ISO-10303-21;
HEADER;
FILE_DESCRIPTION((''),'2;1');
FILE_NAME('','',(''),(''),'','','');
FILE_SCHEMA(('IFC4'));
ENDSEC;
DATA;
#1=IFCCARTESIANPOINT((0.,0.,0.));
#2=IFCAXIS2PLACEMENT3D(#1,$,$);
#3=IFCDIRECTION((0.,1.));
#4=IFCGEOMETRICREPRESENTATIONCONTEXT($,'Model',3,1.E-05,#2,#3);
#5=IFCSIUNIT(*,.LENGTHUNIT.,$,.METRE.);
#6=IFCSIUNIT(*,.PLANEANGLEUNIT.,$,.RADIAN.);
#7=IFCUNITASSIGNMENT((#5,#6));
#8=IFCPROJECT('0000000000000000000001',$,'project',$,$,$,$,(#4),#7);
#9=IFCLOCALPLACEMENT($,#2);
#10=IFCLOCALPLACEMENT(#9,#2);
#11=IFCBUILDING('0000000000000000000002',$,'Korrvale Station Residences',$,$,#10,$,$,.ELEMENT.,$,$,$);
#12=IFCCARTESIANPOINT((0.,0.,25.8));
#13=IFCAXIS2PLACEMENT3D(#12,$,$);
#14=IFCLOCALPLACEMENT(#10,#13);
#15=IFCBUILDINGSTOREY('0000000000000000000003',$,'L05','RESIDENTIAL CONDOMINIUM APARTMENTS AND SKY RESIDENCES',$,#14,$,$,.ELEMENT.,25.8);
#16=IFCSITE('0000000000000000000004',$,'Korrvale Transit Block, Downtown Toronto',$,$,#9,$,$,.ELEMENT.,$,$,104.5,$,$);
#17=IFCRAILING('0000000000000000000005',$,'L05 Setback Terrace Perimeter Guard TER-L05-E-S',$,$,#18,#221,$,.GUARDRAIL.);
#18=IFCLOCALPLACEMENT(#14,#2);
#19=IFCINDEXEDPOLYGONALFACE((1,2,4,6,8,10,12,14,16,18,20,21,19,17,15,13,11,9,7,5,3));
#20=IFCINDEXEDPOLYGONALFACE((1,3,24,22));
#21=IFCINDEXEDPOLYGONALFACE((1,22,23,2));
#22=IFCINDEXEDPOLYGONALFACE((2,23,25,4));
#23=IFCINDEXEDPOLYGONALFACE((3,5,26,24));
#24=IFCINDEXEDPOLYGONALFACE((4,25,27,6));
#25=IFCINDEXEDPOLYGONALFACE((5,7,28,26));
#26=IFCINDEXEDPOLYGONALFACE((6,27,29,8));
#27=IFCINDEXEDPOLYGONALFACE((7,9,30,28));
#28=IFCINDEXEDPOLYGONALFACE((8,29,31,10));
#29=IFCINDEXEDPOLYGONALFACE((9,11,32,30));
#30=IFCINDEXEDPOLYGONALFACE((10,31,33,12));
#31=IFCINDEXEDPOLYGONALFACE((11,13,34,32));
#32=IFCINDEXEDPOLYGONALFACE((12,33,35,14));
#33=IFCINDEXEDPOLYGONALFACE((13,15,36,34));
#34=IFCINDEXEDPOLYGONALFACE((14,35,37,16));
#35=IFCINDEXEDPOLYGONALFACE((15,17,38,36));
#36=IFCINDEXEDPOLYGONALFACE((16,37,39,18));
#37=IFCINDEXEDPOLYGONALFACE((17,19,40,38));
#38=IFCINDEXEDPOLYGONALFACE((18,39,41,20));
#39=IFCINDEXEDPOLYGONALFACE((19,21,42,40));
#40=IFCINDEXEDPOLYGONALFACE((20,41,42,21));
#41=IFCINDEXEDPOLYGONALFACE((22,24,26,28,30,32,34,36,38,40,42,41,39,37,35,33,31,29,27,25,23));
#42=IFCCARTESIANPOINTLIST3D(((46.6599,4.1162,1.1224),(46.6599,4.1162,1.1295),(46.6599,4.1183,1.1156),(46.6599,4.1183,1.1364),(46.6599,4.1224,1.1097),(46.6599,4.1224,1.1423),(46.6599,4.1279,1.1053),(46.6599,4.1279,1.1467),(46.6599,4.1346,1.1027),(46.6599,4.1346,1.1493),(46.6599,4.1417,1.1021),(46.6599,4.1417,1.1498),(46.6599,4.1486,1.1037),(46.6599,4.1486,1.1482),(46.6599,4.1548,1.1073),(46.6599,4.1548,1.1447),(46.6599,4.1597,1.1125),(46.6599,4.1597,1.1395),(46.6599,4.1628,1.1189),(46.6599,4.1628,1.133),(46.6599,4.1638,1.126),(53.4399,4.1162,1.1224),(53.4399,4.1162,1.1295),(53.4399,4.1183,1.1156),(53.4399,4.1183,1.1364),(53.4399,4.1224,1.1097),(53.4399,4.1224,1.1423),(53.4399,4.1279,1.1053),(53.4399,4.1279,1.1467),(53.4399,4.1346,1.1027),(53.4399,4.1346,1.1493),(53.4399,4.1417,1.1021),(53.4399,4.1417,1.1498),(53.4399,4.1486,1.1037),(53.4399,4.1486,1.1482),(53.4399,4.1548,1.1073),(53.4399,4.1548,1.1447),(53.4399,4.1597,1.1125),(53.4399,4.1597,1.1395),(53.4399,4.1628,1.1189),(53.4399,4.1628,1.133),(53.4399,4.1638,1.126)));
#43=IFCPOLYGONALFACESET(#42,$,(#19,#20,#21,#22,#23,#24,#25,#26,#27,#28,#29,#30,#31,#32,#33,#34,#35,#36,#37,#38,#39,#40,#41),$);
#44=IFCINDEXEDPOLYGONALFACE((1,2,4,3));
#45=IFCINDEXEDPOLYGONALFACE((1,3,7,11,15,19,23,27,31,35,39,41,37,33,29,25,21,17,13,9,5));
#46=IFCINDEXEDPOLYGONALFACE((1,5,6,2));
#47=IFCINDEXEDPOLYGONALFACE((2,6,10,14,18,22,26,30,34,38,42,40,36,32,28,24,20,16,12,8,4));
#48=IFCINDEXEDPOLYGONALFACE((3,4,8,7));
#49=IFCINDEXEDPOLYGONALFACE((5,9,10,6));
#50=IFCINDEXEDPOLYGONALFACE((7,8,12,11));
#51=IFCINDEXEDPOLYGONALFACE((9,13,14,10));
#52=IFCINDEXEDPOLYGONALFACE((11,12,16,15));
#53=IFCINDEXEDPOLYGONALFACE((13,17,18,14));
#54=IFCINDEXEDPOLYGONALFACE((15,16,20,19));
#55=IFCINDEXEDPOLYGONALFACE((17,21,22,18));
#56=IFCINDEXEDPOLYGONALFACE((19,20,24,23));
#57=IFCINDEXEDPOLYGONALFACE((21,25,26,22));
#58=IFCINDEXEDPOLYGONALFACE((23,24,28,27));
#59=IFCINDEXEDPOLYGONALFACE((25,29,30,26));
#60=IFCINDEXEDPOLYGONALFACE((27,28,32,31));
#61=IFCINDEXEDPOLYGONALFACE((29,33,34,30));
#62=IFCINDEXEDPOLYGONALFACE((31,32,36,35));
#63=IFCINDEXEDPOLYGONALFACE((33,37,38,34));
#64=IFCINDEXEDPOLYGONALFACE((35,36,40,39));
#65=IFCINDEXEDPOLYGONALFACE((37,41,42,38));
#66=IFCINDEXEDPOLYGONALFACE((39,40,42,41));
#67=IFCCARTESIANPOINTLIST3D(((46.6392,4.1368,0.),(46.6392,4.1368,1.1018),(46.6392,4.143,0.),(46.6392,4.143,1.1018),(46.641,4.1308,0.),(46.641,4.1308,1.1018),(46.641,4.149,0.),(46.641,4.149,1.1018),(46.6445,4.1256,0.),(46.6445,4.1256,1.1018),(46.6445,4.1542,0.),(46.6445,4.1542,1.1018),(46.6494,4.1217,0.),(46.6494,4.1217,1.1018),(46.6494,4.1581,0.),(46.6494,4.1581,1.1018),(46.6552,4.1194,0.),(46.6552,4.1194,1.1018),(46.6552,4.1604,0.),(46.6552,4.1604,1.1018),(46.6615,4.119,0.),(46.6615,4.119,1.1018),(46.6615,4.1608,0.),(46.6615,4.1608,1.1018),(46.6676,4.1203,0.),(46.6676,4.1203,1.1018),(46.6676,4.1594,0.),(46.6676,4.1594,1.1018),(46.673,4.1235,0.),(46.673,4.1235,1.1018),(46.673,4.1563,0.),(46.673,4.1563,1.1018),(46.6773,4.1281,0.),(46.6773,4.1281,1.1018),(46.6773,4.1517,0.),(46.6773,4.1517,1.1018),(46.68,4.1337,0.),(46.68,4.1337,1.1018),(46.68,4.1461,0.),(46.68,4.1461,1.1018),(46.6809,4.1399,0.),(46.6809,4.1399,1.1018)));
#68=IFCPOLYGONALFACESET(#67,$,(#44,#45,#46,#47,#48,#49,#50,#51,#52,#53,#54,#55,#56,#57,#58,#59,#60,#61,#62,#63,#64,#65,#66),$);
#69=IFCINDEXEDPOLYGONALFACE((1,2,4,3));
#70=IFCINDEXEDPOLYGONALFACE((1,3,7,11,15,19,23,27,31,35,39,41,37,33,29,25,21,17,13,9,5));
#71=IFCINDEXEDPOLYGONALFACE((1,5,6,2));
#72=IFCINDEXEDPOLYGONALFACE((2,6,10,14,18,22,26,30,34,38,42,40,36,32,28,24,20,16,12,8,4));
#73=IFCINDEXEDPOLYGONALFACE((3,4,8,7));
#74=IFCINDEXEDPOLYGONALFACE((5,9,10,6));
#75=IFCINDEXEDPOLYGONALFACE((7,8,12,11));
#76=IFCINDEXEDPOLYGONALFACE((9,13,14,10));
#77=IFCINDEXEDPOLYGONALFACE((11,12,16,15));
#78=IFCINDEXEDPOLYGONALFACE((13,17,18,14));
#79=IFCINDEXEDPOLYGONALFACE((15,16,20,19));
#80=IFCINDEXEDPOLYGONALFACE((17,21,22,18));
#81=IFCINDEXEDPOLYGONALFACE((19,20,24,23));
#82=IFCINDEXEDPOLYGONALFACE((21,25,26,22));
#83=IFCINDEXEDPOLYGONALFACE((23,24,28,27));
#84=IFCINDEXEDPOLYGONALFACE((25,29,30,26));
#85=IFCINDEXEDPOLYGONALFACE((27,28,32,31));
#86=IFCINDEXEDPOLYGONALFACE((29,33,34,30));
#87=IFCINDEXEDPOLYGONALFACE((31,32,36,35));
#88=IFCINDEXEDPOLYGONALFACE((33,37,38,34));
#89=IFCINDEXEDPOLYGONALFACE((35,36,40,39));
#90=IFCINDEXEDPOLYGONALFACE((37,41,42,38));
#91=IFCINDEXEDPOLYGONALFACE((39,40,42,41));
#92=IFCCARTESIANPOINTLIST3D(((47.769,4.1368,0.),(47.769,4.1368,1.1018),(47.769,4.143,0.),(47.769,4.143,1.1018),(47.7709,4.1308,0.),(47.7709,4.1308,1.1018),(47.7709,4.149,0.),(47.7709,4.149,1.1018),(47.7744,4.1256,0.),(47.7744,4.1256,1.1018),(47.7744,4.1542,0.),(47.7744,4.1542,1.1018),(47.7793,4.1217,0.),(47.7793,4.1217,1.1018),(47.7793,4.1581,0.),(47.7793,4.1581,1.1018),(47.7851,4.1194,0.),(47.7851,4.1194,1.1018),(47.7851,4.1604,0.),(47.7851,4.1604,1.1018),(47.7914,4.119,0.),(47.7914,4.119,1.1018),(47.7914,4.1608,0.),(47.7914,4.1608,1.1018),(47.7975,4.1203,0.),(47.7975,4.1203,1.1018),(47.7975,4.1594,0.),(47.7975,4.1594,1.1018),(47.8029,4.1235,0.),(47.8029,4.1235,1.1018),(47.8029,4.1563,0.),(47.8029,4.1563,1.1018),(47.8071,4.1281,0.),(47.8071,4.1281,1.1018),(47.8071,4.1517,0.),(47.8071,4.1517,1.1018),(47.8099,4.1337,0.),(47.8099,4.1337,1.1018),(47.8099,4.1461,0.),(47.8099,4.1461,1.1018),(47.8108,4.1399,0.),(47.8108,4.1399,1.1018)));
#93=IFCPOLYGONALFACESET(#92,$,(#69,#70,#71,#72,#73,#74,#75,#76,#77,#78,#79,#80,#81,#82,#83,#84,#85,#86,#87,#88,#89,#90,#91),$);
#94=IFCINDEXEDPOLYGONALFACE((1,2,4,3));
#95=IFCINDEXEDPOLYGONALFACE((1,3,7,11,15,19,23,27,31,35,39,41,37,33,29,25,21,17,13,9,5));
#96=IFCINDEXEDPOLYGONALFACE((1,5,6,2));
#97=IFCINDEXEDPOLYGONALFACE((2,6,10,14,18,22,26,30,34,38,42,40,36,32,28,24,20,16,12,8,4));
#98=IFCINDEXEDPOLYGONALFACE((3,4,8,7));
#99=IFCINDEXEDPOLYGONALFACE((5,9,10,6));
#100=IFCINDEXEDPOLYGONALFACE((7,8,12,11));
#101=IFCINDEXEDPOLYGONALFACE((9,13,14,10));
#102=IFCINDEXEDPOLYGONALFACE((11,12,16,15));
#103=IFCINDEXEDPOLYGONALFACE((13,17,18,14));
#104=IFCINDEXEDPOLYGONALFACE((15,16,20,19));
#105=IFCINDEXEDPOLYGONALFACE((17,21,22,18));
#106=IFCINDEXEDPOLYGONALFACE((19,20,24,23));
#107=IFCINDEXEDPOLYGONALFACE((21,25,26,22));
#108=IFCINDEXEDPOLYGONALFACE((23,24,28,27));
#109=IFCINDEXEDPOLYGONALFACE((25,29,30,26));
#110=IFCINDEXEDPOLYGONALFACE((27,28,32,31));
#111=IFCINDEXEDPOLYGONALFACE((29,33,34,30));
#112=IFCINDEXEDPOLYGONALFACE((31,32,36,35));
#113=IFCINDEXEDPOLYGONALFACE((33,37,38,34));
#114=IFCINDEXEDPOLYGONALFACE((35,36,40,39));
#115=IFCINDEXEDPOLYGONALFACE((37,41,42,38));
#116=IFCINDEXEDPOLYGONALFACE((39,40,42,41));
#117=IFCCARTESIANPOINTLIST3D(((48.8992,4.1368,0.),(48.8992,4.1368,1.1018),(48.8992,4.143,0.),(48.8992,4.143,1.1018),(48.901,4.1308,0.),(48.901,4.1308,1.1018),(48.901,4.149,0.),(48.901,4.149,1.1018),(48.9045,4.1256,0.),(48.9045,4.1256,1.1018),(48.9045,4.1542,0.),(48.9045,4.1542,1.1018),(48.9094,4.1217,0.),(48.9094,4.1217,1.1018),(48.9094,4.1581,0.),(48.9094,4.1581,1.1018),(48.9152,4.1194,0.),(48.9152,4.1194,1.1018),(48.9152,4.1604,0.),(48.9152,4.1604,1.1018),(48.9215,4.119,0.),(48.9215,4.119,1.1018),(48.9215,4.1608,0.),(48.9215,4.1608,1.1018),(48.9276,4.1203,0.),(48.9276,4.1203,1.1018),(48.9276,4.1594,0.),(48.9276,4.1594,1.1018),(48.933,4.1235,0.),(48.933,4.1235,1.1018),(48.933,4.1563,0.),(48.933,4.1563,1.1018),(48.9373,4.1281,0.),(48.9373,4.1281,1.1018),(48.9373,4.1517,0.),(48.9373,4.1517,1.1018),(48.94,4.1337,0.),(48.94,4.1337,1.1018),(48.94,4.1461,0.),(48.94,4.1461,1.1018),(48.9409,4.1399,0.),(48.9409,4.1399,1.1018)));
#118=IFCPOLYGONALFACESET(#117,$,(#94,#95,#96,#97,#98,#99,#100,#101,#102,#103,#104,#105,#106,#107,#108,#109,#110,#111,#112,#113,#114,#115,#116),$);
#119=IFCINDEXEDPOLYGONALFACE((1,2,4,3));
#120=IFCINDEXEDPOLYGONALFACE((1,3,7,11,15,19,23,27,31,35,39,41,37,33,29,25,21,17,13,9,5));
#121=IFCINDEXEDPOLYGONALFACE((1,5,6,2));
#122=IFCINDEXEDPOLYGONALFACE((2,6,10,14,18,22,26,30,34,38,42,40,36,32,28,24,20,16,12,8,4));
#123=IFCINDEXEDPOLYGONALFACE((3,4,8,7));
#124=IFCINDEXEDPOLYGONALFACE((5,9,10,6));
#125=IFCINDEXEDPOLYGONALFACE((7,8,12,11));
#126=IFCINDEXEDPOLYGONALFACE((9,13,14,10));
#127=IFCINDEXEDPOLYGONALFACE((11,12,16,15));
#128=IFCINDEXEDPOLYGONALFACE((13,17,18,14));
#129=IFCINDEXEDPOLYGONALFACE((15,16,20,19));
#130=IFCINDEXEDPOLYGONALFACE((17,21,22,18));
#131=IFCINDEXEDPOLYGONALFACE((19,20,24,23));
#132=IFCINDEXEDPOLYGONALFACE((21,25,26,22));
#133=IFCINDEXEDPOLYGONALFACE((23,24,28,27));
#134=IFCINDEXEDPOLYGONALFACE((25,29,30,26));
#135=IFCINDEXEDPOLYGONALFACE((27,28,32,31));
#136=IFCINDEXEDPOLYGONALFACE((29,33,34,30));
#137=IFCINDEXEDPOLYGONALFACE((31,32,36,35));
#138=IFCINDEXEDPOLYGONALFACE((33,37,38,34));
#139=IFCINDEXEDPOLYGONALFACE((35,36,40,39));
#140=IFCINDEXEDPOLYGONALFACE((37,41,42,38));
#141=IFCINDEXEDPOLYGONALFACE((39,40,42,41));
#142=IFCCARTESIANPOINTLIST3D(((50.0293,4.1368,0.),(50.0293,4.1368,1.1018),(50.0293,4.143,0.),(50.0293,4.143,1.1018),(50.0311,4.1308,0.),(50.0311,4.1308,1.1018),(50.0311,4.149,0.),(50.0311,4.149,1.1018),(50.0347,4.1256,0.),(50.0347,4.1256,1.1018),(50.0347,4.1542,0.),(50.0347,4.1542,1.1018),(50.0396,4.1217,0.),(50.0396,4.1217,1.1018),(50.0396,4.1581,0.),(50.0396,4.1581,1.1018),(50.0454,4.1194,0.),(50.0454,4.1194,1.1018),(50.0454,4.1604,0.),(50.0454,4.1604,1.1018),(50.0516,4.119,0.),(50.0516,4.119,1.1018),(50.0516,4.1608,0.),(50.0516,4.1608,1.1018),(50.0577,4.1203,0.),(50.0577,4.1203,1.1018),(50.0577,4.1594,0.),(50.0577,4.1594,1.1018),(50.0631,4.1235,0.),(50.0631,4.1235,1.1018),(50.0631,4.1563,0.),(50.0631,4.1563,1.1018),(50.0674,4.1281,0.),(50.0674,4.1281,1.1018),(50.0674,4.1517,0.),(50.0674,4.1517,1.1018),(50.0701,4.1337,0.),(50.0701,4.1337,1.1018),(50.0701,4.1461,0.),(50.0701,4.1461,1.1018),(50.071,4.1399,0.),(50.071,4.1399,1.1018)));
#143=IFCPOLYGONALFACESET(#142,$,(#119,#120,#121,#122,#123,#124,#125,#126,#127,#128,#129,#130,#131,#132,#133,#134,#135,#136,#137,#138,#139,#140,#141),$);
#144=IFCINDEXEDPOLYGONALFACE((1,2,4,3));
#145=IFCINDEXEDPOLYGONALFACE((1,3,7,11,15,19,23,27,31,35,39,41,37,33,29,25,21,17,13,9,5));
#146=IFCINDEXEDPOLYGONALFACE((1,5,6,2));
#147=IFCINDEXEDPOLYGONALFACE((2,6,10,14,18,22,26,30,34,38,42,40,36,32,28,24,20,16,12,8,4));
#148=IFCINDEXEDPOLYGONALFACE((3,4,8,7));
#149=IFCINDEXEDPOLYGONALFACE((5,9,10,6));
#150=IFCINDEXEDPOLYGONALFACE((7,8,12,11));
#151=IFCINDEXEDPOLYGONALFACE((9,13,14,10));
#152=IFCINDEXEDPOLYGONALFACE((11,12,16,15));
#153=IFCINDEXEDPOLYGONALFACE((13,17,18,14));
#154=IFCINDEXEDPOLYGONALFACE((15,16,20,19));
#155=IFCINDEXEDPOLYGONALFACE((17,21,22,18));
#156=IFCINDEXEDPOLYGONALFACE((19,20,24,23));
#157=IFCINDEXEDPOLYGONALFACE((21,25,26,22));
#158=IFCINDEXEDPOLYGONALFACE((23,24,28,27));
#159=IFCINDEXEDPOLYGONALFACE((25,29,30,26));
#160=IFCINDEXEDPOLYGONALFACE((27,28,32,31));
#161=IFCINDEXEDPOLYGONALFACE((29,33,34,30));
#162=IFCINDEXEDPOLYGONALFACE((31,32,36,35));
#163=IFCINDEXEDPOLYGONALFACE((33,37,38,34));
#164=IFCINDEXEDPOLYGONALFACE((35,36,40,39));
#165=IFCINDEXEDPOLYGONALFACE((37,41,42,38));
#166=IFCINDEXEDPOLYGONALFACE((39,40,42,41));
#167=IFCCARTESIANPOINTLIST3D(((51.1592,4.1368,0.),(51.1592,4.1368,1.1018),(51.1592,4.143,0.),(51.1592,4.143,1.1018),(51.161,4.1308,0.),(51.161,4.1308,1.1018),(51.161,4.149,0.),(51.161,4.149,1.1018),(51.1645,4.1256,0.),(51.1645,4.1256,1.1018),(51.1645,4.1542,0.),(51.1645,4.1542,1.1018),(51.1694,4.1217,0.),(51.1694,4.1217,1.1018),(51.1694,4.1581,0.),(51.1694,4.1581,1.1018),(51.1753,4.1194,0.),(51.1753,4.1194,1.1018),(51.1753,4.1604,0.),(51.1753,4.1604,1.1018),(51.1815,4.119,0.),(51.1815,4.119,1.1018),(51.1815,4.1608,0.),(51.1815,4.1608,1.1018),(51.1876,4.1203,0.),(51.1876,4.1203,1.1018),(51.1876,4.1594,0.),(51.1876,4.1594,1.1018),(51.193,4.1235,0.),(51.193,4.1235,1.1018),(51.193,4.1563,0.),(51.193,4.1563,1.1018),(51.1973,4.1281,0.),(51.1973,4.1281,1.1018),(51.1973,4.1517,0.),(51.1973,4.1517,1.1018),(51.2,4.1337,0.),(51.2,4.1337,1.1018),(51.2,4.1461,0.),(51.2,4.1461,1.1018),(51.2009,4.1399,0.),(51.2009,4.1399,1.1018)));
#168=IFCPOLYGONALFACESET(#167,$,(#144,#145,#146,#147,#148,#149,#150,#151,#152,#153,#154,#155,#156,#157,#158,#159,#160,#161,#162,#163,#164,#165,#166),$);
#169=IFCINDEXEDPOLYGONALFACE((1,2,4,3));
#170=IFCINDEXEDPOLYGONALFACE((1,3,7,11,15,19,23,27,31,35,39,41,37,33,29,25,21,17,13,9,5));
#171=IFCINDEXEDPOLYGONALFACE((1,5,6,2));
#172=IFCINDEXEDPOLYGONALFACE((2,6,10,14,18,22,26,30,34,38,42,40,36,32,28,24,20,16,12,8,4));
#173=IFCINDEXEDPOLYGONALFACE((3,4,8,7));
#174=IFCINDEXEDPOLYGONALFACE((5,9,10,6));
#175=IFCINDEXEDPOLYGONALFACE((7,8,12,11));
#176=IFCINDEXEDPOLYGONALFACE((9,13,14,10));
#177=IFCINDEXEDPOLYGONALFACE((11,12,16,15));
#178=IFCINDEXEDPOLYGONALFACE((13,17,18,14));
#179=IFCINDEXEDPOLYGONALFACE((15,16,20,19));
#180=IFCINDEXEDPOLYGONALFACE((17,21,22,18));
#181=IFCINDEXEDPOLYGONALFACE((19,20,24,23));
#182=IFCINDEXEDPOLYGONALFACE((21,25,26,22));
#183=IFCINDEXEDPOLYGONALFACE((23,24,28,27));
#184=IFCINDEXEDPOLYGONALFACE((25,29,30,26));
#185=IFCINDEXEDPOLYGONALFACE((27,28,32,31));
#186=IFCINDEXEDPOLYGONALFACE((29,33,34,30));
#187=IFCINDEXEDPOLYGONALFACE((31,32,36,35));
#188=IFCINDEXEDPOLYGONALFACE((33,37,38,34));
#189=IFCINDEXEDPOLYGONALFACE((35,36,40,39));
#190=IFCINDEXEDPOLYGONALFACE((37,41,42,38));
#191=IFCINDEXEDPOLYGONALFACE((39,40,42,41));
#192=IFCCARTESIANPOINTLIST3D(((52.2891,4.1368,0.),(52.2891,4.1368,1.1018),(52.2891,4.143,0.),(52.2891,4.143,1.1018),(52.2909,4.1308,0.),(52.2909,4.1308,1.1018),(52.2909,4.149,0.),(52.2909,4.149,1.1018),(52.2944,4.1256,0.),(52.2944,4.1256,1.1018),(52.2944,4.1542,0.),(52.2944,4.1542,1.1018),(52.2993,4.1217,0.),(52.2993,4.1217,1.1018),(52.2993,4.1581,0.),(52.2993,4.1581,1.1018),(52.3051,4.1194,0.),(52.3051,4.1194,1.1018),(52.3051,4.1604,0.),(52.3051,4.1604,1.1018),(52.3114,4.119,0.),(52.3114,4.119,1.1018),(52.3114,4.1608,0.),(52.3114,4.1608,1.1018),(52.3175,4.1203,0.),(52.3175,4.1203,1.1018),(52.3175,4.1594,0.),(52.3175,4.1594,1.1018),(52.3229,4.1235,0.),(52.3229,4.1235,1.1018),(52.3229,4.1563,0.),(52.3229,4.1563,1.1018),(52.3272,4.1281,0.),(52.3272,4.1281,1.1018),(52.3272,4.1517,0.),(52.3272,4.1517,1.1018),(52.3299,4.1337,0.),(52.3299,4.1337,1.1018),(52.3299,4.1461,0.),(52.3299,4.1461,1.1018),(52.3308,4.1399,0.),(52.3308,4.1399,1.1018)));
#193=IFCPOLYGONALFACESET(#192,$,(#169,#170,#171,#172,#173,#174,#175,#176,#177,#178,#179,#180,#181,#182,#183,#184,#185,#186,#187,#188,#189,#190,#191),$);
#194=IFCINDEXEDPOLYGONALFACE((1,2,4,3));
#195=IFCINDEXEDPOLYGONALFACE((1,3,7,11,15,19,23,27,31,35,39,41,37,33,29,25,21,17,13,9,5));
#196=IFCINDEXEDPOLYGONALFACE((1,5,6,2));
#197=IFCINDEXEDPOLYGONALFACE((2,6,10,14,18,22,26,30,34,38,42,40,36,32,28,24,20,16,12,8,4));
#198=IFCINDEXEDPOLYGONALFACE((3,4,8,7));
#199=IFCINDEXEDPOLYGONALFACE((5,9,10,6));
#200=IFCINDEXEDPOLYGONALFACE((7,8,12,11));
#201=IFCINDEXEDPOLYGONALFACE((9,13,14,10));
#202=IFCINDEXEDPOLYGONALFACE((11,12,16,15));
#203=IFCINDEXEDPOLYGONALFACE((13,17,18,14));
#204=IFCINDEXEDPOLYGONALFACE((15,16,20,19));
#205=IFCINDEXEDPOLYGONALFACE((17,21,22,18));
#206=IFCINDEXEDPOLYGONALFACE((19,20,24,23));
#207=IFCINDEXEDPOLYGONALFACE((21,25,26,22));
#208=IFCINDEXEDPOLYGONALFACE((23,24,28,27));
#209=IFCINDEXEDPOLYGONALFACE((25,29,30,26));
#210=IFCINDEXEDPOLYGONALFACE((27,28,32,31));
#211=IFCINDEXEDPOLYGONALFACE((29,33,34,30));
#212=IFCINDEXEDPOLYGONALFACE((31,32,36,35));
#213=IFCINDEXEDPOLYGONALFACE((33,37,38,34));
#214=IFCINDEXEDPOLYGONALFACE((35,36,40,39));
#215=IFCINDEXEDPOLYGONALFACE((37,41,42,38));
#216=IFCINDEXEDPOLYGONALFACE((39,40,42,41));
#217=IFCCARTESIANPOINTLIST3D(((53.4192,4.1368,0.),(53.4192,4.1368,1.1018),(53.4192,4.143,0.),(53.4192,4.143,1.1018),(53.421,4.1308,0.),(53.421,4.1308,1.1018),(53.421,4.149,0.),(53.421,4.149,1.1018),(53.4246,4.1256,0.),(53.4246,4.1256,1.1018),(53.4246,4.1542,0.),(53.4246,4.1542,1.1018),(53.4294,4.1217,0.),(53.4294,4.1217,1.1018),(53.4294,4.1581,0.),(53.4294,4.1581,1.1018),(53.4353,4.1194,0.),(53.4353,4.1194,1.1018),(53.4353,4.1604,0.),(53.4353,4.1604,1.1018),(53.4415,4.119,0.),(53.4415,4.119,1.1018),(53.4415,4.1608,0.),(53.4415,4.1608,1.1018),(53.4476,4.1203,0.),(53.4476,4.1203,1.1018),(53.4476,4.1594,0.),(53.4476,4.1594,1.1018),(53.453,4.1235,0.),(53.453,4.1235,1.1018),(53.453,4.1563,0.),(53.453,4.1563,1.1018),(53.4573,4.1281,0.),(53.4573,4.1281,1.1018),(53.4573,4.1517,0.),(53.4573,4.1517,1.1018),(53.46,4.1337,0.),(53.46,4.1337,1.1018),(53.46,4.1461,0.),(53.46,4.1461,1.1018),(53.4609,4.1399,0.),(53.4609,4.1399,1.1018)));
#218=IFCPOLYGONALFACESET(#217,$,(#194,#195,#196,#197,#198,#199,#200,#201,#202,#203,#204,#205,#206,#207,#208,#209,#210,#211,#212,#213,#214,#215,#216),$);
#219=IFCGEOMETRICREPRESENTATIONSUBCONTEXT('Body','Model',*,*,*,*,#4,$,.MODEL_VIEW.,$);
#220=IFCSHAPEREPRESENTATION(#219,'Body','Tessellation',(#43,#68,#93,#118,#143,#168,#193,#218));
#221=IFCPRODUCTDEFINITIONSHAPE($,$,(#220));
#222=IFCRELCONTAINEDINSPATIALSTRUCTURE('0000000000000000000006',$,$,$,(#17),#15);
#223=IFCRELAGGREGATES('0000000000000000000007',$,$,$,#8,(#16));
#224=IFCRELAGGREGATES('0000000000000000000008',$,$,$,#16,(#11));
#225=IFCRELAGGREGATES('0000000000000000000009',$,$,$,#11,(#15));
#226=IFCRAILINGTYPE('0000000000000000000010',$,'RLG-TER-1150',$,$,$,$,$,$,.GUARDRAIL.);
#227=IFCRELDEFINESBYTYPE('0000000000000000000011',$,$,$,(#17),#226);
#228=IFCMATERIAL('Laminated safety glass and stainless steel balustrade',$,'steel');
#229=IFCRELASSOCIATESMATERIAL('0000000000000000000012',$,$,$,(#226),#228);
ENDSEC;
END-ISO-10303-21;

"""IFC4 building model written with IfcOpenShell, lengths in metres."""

from ifc_helpers import new_model, si_unit, direction, frame, origin, origin_2d, place, context, subcontext, project, spatial, circle, extrude, material, type_object, element, save


model = new_model("IFC4")

# Units and contexts
model_context = context("Model", 3, precision=1e-05, world=origin(), true_north=direction((0.0, 1.0)))
body_context = subcontext(model_context, "Body", "Model", "MODEL_VIEW")
ifc_project = project(units=[si_unit("LENGTHUNIT", "METRE"), si_unit("PLANEANGLEUNIT", "RADIAN")], contexts=[model_context])

# Site, building, storey
site_placement = place(None, origin())
site = spatial("IfcSite", under=ifc_project, at=site_placement, Name="Korrvale Transit Block, Downtown Toronto", CompositionType="ELEMENT", RefElevation=104.5)
building_placement = place(site_placement, origin())
building = spatial("IfcBuilding", under=site, at=building_placement, Name="Korrvale Station Residences", CompositionType="ELEMENT")
storey_placement = place(building_placement, frame((0.0, 0.0, 25.8)))
storey = spatial("IfcBuildingStorey", under=building, at=storey_placement, Name="L05", Description="RESIDENTIAL CONDOMINIUM APARTMENTS AND SKY RESIDENCES", CompositionType="ELEMENT", Elevation=25.8)

# Railing
ifc_material_1 = material(Name="Laminated safety glass and stainless steel balustrade", Category="steel")
railing_type = type_object("IfcRailingType", Name="RLG-TER-1150", PredefinedType="GUARDRAIL", material=ifc_material_1)
railing_1_placement = place(storey_placement, frame((46.6599, 4.1399, 0.0)))
element("IfcRailing", 1, at=railing_1_placement, inside=storey, type_object=railing_type, Name="L05 Setback Terrace Perimeter Guard TER-L05-E-S", PredefinedType="GUARDRAIL", context=body_context, shape_type="SweptSolid", body=[
    extrude(circle(Radius=0.0239, at=origin_2d()), frame((0.0, 0.0, 1.126), z_axis=(1.0, 0.0, 0.0), x_axis=(0.0, 1.0, 0.0)), (0.0, 0.0, 1.0), 6.78),
    extrude(circle(Radius=0.021, at=origin_2d()), origin(), (0.0, 0.0, 1.0), 1.1018),
    extrude(circle(Radius=0.021, at=origin_2d()), frame((1.1299, 0.0, 0.0)), (0.0, 0.0, 1.0), 1.1018),
    extrude(circle(Radius=0.021, at=origin_2d()), frame((2.26, 0.0, 0.0)), (0.0, 0.0, 1.0), 1.1018),
    extrude(circle(Radius=0.021, at=origin_2d()), frame((3.3901, 0.0, 0.0)), (0.0, 0.0, 1.0), 1.1018),
    extrude(circle(Radius=0.021, at=origin_2d()), frame((4.52, 0.0, 0.0)), (0.0, 0.0, 1.0), 1.1018),
    extrude(circle(Radius=0.021, at=origin_2d()), frame((5.6499, 0.0, 0.0)), (0.0, 0.0, 1.0), 1.1018),
    extrude(circle(Radius=0.021, at=origin_2d()), frame((6.78, 0.0, 0.0)), (0.0, 0.0, 1.0), 1.1018),
])

save(model, "model.ifc")
